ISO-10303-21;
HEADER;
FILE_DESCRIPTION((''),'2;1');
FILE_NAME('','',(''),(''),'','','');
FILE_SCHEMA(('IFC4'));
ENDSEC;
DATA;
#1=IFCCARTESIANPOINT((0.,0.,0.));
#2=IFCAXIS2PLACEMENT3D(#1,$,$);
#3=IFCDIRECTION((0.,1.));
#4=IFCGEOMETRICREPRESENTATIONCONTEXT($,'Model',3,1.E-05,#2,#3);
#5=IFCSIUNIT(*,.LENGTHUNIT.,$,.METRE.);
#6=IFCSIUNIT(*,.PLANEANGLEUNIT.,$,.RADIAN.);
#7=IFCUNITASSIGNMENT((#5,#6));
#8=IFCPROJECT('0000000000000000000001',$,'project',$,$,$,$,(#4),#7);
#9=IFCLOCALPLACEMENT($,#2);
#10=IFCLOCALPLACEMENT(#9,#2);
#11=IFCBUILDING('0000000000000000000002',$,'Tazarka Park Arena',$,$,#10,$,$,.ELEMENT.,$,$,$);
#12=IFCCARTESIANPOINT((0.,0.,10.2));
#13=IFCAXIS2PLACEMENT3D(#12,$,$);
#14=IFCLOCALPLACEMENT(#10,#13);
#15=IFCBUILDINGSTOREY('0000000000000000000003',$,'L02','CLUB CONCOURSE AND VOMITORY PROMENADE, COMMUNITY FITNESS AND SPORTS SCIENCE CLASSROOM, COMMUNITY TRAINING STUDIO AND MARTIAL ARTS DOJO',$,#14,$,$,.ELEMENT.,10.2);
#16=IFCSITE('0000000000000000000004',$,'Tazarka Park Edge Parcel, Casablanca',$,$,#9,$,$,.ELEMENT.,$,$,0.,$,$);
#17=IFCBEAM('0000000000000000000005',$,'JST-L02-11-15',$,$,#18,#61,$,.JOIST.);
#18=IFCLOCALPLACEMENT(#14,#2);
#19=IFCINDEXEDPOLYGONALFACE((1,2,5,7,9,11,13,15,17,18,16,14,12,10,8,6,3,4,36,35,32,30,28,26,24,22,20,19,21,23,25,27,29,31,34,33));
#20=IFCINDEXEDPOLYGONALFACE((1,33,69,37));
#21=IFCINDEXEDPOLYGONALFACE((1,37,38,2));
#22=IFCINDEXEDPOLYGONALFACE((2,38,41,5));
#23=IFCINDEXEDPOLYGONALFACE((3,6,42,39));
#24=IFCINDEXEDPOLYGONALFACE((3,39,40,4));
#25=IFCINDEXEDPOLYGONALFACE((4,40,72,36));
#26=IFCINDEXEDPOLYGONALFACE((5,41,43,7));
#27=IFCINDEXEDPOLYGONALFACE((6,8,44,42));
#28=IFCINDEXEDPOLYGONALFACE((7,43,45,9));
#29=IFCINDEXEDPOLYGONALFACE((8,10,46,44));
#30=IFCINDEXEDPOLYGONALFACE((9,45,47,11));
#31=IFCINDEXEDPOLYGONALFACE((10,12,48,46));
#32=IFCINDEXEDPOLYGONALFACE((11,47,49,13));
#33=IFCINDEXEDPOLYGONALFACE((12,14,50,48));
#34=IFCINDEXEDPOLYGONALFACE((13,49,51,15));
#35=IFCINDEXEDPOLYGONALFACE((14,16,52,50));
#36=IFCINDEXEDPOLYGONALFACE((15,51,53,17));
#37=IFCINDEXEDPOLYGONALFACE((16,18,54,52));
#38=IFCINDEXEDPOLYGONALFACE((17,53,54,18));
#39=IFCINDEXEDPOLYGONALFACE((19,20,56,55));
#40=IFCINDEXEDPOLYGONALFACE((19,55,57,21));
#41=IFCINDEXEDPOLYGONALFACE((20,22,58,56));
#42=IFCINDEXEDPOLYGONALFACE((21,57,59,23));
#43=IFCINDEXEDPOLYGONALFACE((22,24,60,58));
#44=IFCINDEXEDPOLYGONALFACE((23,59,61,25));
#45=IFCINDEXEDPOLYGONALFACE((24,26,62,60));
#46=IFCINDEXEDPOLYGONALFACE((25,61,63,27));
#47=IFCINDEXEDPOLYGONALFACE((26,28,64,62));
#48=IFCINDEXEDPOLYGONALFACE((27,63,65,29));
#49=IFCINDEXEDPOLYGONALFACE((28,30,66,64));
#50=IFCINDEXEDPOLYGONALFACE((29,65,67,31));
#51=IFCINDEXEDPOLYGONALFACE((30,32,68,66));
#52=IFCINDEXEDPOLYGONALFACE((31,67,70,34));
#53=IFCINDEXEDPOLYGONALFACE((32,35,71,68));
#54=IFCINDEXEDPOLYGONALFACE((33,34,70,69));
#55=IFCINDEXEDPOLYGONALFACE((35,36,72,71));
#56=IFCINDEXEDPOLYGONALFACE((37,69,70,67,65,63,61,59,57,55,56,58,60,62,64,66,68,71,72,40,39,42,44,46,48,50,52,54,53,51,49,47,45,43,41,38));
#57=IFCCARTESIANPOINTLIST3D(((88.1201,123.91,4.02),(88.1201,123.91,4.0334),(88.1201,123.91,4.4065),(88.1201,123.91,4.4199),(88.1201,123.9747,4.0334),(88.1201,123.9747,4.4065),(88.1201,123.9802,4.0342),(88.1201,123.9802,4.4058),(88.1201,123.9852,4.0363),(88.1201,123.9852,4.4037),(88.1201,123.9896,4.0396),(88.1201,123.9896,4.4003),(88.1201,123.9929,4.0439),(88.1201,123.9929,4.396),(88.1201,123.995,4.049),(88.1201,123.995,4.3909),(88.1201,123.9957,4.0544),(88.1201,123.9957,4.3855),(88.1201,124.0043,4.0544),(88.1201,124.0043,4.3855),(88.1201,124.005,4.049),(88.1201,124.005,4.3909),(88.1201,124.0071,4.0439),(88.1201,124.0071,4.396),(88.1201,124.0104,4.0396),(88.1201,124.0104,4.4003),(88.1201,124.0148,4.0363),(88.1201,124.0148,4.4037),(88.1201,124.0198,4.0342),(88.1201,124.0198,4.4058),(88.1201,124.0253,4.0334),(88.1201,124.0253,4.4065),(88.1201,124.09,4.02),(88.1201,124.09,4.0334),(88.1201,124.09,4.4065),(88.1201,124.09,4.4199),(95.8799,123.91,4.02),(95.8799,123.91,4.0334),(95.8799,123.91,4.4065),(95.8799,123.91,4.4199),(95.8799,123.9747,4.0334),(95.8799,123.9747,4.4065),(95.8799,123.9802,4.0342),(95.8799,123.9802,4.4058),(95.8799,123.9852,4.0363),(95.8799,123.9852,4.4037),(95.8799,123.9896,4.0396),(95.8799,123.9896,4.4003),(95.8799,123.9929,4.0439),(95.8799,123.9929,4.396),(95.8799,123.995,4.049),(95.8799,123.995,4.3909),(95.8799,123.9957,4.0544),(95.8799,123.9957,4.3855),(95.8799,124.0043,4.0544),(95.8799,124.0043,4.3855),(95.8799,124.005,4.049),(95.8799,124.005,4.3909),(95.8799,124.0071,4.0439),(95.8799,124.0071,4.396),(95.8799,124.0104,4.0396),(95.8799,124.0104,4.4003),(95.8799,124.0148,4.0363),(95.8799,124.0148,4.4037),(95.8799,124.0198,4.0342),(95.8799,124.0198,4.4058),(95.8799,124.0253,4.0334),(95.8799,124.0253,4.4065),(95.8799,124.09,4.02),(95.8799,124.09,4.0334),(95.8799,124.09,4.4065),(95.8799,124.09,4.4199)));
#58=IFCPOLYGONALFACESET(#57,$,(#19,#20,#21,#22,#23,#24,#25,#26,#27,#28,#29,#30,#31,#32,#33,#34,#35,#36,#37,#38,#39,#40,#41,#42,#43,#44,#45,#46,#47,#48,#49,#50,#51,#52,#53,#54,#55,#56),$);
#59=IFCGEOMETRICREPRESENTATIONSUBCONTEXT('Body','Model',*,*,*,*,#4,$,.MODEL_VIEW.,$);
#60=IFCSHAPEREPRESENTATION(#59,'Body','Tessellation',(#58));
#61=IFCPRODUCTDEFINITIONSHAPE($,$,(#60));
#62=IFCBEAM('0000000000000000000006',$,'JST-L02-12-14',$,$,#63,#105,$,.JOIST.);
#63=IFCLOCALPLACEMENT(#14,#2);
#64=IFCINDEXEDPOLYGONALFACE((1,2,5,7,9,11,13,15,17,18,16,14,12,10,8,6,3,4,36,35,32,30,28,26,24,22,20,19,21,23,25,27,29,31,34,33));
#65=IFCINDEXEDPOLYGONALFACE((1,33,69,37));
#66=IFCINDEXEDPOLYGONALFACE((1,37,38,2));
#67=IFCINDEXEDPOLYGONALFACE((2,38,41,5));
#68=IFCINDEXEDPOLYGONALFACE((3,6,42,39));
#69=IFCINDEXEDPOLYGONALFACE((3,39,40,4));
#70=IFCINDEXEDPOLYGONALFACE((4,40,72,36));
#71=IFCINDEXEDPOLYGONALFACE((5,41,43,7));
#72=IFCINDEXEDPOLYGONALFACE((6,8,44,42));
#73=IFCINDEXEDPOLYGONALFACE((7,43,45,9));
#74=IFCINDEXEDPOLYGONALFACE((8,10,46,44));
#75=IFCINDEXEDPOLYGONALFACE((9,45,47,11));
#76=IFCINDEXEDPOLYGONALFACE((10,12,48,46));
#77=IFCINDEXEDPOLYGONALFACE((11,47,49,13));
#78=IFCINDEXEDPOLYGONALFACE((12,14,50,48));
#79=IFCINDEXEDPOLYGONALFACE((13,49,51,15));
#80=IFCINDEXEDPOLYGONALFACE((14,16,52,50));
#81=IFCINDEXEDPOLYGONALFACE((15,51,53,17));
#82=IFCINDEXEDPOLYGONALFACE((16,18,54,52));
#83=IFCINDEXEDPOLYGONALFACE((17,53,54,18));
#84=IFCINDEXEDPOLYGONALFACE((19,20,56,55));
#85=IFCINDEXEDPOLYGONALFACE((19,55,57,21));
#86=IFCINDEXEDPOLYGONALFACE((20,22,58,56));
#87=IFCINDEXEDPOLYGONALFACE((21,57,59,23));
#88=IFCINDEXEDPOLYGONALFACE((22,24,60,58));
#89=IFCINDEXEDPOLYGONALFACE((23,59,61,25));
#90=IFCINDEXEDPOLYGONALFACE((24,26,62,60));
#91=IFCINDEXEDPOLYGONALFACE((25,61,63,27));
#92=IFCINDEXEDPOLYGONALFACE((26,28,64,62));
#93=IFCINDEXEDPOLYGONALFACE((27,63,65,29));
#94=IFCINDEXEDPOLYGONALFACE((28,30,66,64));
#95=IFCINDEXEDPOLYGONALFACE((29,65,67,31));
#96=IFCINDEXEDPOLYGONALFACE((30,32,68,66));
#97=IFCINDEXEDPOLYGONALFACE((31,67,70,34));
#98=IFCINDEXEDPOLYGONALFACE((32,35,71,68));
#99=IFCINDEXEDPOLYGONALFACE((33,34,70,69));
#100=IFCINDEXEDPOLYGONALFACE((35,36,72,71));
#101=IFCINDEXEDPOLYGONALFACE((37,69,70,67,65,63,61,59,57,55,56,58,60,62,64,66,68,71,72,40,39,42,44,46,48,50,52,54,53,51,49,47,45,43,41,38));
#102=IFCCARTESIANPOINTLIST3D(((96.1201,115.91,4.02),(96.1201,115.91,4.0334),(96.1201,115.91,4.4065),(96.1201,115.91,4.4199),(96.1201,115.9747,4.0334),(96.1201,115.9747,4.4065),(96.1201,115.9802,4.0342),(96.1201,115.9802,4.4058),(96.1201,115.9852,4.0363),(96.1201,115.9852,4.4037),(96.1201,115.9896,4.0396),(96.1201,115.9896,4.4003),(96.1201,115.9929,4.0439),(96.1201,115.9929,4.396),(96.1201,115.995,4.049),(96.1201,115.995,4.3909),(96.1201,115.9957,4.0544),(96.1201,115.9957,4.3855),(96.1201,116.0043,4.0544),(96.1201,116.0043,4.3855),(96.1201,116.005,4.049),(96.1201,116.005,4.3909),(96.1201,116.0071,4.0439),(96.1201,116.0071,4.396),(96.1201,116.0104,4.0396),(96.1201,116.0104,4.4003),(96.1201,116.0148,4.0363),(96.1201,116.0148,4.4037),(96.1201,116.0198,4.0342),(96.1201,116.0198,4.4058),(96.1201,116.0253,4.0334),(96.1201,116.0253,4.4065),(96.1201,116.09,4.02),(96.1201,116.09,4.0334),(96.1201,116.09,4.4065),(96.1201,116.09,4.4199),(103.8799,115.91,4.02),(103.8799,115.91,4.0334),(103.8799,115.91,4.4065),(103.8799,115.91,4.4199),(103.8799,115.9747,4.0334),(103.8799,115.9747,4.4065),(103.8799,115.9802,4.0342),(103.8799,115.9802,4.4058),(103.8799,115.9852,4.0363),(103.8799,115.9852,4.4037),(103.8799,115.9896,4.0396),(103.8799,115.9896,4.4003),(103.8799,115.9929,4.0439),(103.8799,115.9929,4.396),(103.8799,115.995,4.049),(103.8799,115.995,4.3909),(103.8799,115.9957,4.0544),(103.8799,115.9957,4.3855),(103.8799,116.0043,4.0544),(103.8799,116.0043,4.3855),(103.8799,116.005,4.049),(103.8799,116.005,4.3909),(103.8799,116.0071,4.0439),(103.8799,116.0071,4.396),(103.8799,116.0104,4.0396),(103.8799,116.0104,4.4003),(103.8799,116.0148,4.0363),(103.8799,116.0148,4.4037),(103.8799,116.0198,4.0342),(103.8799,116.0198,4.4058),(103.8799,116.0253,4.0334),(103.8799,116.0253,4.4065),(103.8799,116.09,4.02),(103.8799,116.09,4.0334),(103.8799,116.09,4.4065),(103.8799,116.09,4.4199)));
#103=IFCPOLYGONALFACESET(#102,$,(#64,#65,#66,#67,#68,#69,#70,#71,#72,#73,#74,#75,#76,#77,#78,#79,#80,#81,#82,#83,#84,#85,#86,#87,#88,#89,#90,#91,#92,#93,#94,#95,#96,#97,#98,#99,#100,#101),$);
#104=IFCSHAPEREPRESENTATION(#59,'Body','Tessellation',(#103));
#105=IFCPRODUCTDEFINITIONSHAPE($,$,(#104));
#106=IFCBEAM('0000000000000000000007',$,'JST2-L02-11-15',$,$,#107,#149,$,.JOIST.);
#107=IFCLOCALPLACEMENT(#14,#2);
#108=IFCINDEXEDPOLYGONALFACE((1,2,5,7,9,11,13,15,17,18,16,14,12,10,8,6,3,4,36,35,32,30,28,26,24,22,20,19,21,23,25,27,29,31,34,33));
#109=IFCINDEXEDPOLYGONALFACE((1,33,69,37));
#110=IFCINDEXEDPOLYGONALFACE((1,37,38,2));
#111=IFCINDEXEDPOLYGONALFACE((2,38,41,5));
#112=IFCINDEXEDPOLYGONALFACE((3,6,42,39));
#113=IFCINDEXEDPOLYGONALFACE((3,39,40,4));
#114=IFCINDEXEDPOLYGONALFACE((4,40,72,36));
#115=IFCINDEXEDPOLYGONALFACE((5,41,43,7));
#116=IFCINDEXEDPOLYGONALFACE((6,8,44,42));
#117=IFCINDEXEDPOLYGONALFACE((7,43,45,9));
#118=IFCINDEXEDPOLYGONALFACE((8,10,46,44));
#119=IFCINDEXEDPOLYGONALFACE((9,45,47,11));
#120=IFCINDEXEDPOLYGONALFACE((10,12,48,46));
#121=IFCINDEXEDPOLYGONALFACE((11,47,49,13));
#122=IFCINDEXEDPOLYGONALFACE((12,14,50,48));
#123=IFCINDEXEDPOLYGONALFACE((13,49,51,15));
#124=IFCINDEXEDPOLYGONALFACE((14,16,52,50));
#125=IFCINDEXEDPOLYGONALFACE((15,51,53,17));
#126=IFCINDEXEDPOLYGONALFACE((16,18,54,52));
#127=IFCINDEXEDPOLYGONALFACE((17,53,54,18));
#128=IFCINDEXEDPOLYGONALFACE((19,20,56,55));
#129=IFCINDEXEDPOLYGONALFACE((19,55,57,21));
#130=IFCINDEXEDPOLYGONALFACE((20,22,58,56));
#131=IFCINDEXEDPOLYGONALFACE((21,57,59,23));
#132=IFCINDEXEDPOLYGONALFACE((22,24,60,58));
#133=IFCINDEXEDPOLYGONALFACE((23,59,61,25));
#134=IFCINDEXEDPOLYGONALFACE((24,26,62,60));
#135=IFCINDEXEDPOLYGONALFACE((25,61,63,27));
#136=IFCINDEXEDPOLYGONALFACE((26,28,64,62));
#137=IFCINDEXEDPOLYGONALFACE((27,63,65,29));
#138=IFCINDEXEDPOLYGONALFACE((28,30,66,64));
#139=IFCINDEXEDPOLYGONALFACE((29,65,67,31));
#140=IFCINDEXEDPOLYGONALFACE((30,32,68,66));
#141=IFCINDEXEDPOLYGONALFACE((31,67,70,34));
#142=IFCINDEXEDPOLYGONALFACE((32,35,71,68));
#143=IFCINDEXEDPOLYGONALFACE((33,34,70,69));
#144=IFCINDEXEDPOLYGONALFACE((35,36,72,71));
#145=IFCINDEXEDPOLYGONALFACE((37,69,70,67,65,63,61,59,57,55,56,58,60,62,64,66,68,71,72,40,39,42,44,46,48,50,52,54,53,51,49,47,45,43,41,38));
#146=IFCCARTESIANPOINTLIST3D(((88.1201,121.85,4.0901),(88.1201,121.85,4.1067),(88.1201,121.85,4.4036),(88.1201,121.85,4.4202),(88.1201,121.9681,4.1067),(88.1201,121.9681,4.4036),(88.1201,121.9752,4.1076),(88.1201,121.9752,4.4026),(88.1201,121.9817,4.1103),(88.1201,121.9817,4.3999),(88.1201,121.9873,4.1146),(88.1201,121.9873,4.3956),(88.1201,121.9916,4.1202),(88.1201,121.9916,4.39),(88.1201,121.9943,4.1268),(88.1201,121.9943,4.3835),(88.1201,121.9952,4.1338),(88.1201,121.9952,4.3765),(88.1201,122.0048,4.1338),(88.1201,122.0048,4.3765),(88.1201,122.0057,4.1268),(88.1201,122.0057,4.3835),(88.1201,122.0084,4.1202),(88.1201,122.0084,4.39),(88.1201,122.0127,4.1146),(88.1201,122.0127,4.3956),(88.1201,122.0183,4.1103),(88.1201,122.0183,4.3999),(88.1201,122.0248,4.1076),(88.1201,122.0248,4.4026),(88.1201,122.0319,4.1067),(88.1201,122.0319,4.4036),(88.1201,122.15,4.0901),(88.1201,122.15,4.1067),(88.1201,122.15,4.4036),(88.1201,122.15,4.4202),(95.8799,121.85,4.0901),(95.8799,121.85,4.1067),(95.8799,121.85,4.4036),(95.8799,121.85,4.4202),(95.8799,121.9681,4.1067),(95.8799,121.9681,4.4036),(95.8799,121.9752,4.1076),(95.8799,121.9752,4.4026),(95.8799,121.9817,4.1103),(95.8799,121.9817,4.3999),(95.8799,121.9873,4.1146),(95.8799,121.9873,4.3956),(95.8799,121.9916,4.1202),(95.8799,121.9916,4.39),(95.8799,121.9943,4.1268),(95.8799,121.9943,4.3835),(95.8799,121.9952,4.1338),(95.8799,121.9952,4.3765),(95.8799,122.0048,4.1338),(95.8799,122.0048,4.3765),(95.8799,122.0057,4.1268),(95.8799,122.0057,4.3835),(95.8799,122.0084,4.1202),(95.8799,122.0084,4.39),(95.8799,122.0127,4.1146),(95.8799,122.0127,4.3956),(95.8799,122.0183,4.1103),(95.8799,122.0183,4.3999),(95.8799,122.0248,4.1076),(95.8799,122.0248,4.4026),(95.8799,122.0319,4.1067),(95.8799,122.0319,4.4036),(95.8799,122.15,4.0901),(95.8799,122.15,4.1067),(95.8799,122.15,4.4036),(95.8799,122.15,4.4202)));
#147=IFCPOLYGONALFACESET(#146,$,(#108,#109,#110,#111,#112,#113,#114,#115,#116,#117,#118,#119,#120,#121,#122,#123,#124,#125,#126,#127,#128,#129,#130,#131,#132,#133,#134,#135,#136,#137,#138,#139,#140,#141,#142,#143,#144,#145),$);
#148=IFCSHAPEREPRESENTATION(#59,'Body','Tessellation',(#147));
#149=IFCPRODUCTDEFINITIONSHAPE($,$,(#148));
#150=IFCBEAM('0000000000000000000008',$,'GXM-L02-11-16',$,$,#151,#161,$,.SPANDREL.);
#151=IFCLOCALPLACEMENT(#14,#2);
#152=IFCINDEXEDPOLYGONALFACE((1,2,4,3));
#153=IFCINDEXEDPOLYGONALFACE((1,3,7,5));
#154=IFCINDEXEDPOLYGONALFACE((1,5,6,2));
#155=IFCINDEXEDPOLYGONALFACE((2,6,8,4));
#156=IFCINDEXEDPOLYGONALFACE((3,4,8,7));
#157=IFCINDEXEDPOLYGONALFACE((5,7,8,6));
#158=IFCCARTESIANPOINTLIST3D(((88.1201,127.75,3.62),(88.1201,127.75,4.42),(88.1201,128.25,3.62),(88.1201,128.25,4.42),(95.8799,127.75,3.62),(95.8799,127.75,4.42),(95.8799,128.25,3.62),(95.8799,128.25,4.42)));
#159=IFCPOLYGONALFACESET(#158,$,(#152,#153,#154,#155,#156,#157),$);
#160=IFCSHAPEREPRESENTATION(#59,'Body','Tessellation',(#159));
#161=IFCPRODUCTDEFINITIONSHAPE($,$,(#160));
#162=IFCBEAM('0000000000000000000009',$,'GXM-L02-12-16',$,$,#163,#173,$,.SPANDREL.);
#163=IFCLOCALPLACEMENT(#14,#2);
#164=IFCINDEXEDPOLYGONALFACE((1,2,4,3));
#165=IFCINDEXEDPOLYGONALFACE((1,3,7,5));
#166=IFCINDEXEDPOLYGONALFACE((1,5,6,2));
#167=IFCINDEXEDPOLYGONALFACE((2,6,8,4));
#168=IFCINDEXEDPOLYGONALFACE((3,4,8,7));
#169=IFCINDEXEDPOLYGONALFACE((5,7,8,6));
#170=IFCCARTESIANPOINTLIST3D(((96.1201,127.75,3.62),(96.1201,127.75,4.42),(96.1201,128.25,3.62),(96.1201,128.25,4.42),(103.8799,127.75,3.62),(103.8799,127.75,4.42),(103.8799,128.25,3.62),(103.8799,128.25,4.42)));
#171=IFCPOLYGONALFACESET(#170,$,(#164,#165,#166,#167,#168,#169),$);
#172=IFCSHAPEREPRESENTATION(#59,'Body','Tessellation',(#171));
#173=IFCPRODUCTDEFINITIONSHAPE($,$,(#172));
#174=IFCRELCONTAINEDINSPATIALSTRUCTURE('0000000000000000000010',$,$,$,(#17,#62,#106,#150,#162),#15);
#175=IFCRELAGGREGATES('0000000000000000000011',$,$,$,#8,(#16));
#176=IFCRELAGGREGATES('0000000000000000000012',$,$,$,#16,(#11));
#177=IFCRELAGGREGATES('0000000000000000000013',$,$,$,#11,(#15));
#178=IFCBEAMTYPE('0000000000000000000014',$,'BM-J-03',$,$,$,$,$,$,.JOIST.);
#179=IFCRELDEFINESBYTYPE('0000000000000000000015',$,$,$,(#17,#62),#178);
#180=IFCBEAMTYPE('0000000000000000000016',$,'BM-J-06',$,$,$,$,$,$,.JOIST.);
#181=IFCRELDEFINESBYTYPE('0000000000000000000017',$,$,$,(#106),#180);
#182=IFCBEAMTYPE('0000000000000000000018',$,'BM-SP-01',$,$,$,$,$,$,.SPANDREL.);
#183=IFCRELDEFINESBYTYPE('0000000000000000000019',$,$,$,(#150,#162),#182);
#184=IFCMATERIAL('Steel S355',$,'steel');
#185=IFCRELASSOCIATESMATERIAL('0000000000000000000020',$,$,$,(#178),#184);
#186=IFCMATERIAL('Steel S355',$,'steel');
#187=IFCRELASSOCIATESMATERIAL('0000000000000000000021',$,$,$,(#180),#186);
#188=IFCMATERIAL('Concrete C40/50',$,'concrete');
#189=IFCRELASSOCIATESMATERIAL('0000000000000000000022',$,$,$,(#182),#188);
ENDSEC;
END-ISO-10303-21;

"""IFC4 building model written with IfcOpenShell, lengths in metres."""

from ifc_helpers import new_model, si_unit, direction, frame, origin, origin_2d, place, context, subcontext, project, spatial, rectangle, i_section, extrude, material, material_profile, profile_set, type_object, element, save


model = new_model("IFC4")

# Units and contexts
model_context = context("Model", 3, precision=1e-05, world=origin(), true_north=direction((0.0, 1.0)))
body_context = subcontext(model_context, "Body", "Model", "MODEL_VIEW")
ifc_project = project(units=[si_unit("LENGTHUNIT", "METRE"), si_unit("PLANEANGLEUNIT", "RADIAN")], contexts=[model_context])

# Site, building, storey
site_placement = place(None, origin())
site = spatial("IfcSite", under=ifc_project, at=site_placement, Name="Tazarka Park Edge Parcel, Casablanca", CompositionType="ELEMENT", RefElevation=0.0)
building_placement = place(site_placement, origin())
building = spatial("IfcBuilding", under=site, at=building_placement, Name="Tazarka Park Arena", CompositionType="ELEMENT")
storey_placement = place(building_placement, frame((0.0, 0.0, 10.2)))
storey = spatial("IfcBuildingStorey", under=building, at=storey_placement, Name="L02", Description="CLUB CONCOURSE AND VOMITORY PROMENADE, COMMUNITY FITNESS AND SPORTS SCIENCE CLASSROOM, COMMUNITY TRAINING STUDIO AND MARTIAL ARTS DOJO", CompositionType="ELEMENT", Elevation=10.2)

# Beams
ifc_material_1 = material(Name="Steel S355", Category="steel")
ifc_material_profile_1 = material_profile(ifc_material_1, i_section(OverallWidth=0.1799, OverallDepth=0.3999, WebThickness=0.0085, FlangeThickness=0.0134, FilletRadius=0.021, at=origin_2d()), Name="Steel S355")
ifc_profile_set_1 = profile_set([ifc_material_profile_1], Name="Steel S355")
beam_type_1 = type_object("IfcBeamType", Name="BM-J-03", PredefinedType="JOIST", material=ifc_profile_set_1)
for number, where, z_axis, x_axis, name in (
    (1, (88.1201, 124.0, 4.22), (1.0, 0.0, 0.0), (0.0, 1.0, 0.0), "JST-L02-11-15"),
    (2, (96.1201, 116.0, 4.22), (1.0, 0.0, 0.0), (0.0, 1.0, 0.0), "JST-L02-12-14"),
):
    element("IfcBeam", number, at=place(storey_placement, frame(where, z_axis=z_axis, x_axis=x_axis)), inside=storey, type_object=beam_type_1, Name=name, PredefinedType="JOIST", context=body_context, shape_type="SweptSolid", body=[
        extrude(i_section(OverallWidth=0.1799, OverallDepth=0.3999, WebThickness=0.0085, FlangeThickness=0.0134, FilletRadius=0.021, at=origin_2d()), origin(), (0.0, 0.0, 1.0), 7.7598),
    ])
ifc_material_2 = material(Name="Steel S355", Category="steel")
ifc_material_profile_2 = material_profile(ifc_material_2, i_section(OverallWidth=0.3, OverallDepth=0.3301, WebThickness=0.0095, FlangeThickness=0.0166, FilletRadius=0.0271, at=origin_2d()), Name="Steel S355")
ifc_profile_set_2 = profile_set([ifc_material_profile_2], Name="Steel S355")
beam_type_2 = type_object("IfcBeamType", Name="BM-J-06", PredefinedType="JOIST", material=ifc_profile_set_2)
beam_1_placement = place(storey_placement, frame((88.1201, 122.0, 4.2551), z_axis=(1.0, 0.0, 0.0), x_axis=(0.0, 1.0, 0.0)))
element("IfcBeam", 3, at=beam_1_placement, inside=storey, type_object=beam_type_2, Name="JST2-L02-11-15", PredefinedType="JOIST", context=body_context, shape_type="SweptSolid", body=[
    extrude(i_section(OverallWidth=0.3, OverallDepth=0.3301, WebThickness=0.0095, FlangeThickness=0.0166, FilletRadius=0.0271, at=origin_2d()), origin(), (0.0, 0.0, 1.0), 7.7598),
])
ifc_material_3 = material(Name="Concrete C40/50", Category="concrete")
ifc_material_profile_3 = material_profile(ifc_material_3, rectangle(XDim=0.5, YDim=0.8, at=origin_2d()), Name="Concrete C40/50")
ifc_profile_set_3 = profile_set([ifc_material_profile_3], Name="Concrete C40/50")
beam_type_3 = type_object("IfcBeamType", Name="BM-SP-01", PredefinedType="SPANDREL", material=ifc_profile_set_3)
for number, where, z_axis, x_axis, name in (
    (4, (88.1201, 128.0, 4.02), (1.0, 0.0, 0.0), (0.0, 1.0, 0.0), "GXM-L02-11-16"),
    (5, (96.1201, 128.0, 4.02), (1.0, 0.0, 0.0), (0.0, 1.0, 0.0), "GXM-L02-12-16"),
):
    element("IfcBeam", number, at=place(storey_placement, frame(where, z_axis=z_axis, x_axis=x_axis)), inside=storey, type_object=beam_type_3, Name=name, PredefinedType="SPANDREL", context=body_context, shape_type="SweptSolid", body=[
        extrude(rectangle(XDim=0.5, YDim=0.8, at=origin_2d()), origin(), (0.0, 0.0, 1.0), 7.7598),
    ])

save(model, "model.ifc")
